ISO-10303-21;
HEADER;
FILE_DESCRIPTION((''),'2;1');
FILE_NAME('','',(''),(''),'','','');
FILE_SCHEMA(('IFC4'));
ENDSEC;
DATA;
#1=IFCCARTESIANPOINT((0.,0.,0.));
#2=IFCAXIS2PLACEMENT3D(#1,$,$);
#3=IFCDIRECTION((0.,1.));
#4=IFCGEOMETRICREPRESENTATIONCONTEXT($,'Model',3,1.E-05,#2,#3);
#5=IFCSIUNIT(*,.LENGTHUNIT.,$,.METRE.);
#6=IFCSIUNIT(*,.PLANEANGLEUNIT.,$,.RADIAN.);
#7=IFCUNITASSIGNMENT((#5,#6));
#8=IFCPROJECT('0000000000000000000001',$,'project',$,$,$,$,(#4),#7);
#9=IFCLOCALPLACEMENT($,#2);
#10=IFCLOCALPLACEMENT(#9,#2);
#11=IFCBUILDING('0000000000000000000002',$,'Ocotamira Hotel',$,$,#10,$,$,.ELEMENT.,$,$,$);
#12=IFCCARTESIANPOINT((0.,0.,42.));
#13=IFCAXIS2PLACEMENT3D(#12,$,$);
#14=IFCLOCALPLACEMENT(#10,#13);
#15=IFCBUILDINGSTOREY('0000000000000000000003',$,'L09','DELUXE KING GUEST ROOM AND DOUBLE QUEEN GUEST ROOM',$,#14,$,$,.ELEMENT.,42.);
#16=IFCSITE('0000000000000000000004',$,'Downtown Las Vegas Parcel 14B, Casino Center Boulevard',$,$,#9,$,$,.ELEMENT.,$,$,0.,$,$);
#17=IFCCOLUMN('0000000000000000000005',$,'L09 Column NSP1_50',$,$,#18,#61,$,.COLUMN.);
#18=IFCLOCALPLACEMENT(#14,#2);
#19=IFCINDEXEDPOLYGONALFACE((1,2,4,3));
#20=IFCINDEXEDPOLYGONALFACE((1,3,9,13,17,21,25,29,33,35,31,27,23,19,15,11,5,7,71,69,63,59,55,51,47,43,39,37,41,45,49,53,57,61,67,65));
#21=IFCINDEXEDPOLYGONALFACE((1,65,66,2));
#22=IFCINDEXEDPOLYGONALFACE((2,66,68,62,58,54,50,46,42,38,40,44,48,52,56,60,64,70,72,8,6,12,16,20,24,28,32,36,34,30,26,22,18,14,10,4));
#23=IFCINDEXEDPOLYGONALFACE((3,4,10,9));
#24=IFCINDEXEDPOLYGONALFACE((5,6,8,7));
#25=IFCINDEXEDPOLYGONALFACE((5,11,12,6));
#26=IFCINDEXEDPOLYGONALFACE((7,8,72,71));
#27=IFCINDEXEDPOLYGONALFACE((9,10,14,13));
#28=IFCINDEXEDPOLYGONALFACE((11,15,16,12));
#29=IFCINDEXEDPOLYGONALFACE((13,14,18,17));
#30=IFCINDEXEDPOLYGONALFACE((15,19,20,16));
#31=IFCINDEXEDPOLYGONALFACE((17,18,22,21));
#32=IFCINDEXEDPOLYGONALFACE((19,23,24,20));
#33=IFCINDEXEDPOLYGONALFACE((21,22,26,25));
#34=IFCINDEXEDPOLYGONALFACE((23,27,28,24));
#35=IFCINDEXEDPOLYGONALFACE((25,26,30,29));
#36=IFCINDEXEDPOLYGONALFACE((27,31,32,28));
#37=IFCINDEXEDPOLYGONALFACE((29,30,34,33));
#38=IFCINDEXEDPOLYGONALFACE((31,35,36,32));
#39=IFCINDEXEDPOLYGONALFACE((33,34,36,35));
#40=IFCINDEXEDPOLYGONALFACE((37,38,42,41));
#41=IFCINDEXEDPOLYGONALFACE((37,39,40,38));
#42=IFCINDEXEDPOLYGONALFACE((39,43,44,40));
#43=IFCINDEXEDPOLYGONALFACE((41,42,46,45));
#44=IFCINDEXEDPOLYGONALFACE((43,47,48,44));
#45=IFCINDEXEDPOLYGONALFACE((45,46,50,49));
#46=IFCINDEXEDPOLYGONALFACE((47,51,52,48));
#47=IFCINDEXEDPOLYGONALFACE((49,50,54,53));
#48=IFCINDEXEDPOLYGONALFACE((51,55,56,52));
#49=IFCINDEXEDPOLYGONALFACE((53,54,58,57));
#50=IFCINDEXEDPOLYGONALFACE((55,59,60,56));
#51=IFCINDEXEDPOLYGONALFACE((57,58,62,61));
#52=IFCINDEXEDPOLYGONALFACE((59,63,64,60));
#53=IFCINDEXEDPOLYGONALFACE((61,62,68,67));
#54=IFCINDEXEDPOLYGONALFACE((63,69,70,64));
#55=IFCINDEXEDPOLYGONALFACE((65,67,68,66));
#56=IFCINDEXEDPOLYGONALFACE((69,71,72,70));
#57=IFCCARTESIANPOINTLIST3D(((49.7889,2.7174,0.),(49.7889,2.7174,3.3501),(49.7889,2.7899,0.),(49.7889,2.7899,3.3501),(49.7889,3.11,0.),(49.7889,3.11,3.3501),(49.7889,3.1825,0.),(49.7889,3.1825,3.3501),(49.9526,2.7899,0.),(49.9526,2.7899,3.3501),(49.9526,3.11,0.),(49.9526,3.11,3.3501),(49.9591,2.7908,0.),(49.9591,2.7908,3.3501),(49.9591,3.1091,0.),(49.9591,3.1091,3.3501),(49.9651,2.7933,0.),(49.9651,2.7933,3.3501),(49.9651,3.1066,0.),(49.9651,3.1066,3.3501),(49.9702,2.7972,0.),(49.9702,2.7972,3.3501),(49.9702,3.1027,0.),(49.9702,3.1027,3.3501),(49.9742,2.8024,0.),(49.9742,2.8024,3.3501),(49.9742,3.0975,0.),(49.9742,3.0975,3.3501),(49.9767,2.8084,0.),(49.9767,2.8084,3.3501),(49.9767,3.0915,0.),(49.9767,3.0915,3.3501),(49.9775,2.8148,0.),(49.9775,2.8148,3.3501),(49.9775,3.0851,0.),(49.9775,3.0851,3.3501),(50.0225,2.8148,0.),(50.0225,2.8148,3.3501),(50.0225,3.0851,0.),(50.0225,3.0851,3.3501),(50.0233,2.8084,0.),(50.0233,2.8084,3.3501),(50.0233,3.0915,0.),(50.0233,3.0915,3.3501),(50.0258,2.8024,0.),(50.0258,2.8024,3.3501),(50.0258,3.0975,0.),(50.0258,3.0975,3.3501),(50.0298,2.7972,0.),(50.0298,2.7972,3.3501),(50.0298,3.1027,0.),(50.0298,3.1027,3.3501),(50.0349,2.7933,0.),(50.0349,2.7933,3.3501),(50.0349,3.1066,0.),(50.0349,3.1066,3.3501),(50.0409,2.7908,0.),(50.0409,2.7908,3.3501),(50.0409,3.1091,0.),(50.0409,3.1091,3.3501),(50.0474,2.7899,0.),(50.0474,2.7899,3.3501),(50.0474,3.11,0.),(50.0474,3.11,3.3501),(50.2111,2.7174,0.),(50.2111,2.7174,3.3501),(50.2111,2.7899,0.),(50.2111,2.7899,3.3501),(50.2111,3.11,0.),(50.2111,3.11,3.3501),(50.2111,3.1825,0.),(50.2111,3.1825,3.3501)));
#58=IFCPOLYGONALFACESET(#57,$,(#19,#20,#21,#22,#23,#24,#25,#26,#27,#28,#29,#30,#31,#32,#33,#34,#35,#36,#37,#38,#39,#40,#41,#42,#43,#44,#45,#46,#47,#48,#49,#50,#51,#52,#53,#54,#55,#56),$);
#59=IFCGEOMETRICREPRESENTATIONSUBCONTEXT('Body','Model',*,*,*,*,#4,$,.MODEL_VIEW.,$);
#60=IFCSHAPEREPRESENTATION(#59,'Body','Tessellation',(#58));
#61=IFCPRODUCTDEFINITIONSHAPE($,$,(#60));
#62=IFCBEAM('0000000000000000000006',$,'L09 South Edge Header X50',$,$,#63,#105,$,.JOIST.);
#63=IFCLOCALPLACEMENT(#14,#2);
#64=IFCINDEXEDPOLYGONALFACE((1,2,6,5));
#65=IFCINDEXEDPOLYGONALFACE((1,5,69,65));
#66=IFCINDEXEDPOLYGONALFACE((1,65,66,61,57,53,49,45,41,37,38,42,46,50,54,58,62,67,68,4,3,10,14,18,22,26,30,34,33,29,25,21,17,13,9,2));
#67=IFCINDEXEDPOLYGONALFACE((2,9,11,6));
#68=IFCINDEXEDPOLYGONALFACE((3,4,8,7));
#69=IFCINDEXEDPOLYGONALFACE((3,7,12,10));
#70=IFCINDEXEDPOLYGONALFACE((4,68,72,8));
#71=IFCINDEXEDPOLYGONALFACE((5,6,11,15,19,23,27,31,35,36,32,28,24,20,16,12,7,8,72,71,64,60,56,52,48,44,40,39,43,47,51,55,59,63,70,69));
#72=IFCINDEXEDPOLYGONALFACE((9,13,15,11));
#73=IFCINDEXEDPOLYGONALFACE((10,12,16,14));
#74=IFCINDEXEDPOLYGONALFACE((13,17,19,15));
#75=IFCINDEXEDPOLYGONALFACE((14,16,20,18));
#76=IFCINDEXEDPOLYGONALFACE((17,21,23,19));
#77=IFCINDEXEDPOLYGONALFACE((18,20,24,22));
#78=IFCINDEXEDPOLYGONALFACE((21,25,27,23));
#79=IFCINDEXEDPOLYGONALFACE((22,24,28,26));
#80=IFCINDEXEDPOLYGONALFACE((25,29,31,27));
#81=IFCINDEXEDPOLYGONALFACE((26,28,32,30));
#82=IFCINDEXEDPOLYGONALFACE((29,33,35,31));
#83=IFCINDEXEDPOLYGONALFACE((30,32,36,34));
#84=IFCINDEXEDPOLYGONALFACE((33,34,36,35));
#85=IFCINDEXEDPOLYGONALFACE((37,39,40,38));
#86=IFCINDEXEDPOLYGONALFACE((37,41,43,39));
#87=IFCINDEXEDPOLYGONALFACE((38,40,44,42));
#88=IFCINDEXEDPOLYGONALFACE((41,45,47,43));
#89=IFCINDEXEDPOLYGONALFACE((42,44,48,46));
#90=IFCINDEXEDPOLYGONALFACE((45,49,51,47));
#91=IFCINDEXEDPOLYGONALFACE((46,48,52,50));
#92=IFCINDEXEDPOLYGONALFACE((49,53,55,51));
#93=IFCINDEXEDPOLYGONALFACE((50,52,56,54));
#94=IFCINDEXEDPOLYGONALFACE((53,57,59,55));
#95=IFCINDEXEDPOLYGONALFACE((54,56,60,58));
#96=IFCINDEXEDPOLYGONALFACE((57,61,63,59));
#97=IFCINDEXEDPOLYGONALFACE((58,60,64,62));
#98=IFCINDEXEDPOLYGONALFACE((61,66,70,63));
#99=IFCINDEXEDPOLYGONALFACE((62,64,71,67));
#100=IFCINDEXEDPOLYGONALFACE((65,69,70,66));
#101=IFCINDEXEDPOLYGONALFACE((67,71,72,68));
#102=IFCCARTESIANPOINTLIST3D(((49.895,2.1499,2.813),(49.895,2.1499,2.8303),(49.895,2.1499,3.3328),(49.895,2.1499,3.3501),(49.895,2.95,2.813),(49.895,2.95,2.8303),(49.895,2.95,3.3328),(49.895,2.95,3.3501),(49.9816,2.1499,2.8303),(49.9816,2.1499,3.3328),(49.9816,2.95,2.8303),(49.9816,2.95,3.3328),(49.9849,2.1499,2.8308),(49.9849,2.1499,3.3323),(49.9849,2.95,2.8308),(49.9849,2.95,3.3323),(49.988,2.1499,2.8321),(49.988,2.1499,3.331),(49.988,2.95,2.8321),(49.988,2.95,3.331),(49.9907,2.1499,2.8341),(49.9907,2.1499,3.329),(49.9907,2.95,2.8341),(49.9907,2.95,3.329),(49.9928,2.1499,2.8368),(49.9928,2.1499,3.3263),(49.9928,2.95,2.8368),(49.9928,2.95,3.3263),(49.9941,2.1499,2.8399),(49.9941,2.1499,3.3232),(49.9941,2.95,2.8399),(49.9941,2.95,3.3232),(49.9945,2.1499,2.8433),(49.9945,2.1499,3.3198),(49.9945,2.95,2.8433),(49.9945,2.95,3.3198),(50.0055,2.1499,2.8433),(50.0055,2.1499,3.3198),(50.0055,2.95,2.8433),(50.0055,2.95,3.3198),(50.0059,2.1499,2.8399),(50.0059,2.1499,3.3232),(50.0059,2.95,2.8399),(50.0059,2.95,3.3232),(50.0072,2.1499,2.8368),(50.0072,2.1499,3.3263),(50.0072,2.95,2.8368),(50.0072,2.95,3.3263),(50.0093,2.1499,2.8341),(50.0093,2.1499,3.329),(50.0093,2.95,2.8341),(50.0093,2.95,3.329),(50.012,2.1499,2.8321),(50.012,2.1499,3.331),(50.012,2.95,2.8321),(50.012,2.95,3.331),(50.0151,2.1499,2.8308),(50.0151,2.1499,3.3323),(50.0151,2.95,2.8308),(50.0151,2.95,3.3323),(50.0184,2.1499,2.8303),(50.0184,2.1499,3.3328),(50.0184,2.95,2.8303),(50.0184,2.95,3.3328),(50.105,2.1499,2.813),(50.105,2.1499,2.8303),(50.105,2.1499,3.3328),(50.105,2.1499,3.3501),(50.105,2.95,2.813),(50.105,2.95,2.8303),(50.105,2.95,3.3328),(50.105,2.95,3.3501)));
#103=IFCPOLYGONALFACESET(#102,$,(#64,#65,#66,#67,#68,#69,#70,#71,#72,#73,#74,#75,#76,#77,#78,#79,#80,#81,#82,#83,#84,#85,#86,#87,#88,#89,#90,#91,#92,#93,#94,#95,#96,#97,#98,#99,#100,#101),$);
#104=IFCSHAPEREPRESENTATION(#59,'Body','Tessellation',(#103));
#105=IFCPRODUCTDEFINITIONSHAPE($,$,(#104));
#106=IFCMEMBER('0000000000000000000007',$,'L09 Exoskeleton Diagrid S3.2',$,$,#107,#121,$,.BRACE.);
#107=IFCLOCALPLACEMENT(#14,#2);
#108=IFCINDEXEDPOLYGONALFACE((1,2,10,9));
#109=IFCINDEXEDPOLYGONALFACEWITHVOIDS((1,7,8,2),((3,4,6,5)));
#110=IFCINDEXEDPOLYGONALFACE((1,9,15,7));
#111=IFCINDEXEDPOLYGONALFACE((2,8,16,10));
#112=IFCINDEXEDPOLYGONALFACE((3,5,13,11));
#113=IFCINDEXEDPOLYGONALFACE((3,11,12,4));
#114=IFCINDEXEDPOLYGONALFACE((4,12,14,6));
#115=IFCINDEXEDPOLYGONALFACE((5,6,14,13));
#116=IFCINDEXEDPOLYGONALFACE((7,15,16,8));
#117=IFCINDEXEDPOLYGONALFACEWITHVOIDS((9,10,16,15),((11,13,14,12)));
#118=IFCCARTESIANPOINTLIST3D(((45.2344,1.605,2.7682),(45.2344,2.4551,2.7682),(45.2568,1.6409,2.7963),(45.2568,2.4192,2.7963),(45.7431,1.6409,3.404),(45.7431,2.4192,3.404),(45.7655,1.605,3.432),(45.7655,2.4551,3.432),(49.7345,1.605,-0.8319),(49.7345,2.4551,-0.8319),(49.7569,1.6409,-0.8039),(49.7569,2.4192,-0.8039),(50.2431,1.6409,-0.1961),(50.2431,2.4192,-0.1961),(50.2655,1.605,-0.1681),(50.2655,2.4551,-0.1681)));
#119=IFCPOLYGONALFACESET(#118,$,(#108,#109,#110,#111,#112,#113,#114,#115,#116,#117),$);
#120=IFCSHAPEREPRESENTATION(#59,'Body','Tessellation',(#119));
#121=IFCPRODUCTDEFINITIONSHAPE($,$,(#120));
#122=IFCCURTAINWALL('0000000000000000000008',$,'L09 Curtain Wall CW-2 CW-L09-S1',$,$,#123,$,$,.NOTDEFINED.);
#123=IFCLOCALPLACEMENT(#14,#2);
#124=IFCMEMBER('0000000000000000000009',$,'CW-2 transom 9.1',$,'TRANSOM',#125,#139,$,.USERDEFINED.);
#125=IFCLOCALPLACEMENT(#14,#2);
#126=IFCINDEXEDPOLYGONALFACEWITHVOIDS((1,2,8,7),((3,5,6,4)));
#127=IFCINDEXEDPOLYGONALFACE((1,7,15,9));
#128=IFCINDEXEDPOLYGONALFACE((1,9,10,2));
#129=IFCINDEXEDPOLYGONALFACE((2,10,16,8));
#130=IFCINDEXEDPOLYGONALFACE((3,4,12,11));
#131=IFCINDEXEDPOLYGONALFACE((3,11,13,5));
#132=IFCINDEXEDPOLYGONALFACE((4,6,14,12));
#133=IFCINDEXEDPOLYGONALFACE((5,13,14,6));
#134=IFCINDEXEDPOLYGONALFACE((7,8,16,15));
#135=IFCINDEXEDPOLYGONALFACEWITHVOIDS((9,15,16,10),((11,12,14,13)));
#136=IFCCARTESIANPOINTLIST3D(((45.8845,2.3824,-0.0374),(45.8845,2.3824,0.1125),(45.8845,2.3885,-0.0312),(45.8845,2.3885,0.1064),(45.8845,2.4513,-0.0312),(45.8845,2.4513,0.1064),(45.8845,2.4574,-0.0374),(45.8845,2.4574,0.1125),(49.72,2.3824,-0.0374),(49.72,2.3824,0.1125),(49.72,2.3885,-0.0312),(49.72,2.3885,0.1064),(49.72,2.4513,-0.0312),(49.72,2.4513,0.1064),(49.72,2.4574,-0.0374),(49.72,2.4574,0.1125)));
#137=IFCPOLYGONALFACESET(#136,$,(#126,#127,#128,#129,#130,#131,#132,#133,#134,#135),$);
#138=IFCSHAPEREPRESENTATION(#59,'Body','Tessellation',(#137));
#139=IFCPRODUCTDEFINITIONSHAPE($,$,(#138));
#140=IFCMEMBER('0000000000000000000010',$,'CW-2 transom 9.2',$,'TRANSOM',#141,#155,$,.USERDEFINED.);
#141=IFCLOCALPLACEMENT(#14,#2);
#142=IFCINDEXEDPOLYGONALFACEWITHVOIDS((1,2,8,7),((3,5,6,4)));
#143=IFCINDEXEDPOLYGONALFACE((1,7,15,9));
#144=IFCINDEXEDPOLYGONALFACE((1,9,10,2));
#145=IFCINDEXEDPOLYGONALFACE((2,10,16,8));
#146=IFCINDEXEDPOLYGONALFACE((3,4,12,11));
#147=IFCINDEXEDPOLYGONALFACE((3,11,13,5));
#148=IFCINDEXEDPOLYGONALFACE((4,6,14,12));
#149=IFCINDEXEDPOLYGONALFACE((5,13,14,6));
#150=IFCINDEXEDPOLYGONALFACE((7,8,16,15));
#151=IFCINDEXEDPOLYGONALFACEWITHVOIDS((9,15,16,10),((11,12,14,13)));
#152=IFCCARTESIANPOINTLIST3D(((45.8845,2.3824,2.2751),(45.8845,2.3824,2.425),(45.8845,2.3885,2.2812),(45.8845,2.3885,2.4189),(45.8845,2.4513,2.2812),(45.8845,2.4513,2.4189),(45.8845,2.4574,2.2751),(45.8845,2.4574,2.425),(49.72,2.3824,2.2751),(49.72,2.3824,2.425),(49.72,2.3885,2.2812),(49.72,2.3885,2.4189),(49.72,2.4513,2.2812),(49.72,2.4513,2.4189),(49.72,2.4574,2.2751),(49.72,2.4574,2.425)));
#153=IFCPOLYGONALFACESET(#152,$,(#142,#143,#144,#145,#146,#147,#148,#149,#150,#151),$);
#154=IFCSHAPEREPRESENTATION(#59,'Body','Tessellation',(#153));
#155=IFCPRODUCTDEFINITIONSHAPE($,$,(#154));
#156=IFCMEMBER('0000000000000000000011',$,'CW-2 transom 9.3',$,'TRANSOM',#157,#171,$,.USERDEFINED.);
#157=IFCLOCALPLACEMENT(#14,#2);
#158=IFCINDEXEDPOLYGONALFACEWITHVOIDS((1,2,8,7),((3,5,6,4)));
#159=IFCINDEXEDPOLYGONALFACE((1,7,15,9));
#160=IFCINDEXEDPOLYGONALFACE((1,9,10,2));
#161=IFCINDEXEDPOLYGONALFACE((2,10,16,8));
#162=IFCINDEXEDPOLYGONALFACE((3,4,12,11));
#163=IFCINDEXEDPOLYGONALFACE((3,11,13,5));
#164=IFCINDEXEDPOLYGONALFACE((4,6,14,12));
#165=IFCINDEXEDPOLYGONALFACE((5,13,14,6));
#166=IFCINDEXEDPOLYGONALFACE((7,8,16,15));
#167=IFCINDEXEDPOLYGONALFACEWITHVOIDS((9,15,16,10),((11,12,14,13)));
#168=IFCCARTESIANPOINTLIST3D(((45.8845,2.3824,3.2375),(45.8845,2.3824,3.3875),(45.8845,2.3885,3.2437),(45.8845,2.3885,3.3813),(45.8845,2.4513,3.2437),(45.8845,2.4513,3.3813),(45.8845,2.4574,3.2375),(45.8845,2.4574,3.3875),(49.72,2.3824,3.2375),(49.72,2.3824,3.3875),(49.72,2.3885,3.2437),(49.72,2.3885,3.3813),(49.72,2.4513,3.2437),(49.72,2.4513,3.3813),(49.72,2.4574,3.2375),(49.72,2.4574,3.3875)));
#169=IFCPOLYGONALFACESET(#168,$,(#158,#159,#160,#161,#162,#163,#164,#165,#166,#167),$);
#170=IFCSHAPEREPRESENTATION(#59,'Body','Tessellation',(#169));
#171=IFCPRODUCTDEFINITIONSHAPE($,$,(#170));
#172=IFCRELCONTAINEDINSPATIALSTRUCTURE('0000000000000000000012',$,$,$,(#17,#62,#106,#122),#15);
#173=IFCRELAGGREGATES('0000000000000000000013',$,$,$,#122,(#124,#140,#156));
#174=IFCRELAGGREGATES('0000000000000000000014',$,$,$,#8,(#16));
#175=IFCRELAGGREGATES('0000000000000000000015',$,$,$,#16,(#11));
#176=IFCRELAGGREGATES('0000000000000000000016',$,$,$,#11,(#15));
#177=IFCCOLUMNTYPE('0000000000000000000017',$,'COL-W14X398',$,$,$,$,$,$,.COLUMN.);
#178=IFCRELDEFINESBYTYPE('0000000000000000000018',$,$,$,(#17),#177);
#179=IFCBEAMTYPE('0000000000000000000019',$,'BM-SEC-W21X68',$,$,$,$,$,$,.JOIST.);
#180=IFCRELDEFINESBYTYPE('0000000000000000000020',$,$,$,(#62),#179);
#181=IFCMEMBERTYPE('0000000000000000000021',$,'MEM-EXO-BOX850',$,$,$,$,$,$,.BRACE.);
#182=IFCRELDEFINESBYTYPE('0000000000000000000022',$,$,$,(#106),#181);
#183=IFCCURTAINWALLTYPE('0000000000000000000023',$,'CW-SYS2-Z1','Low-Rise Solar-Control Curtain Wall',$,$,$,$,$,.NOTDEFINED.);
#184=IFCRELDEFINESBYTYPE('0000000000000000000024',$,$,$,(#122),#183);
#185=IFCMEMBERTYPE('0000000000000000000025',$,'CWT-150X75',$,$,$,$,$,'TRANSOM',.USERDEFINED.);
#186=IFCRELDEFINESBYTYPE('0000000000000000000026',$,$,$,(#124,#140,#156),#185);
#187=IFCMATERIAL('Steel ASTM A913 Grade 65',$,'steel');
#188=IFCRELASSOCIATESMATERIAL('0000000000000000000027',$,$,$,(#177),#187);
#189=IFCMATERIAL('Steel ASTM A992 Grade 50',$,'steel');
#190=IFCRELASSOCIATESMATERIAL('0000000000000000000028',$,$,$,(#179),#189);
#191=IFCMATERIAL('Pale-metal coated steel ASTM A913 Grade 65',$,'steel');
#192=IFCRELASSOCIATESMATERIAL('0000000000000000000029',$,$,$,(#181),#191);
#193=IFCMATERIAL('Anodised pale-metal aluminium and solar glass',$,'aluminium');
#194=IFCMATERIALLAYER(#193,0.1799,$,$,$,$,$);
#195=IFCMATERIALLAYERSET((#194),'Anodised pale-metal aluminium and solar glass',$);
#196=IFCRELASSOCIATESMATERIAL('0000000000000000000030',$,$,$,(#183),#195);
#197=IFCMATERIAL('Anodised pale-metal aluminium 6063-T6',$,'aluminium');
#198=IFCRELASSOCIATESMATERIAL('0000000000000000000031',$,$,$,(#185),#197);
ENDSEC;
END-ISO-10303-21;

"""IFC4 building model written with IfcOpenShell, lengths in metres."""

from ifc_helpers import new_model, si_unit, direction, frame, origin, origin_2d, place, context, subcontext, project, spatial, hollow_rectangle, i_section, extrude, source, transform, mapped, material, layer, layer_set, material_profile, profile_set, type_object, element, aggregate, save


model = new_model("IFC4")

# Units and contexts
model_context = context("Model", 3, precision=1e-05, world=origin(), true_north=direction((0.0, 1.0)))
body_context = subcontext(model_context, "Body", "Model", "MODEL_VIEW")
ifc_project = project(units=[si_unit("LENGTHUNIT", "METRE"), si_unit("PLANEANGLEUNIT", "RADIAN")], contexts=[model_context])

# Site, building, storey
site_placement = place(None, origin())
site = spatial("IfcSite", under=ifc_project, at=site_placement, Name="Downtown Las Vegas Parcel 14B, Casino Center Boulevard", CompositionType="ELEMENT", RefElevation=0.0)
building_placement = place(site_placement, origin())
building = spatial("IfcBuilding", under=site, at=building_placement, Name="Ocotamira Hotel", CompositionType="ELEMENT")
storey_placement = place(building_placement, frame((0.0, 0.0, 42.0)))
storey = spatial("IfcBuildingStorey", under=building, at=storey_placement, Name="L09", Description="DELUXE KING GUEST ROOM AND DOUBLE QUEEN GUEST ROOM", CompositionType="ELEMENT", Elevation=42.0)

# Column
ifc_material_1 = material(Name="Steel ASTM A913 Grade 65", Category="steel")
ifc_material_profile_1 = material_profile(ifc_material_1, i_section(OverallWidth=0.4221, OverallDepth=0.4651, WebThickness=0.0449, FlangeThickness=0.0725, FilletRadius=0.0249, at=origin_2d()), Name="W14X398")
ifc_profile_set_1 = profile_set([ifc_material_profile_1], Name="Steel ASTM A913 Grade 65")
column_type = type_object("IfcColumnType", Name="COL-W14X398", PredefinedType="COLUMN", material=ifc_profile_set_1)
shared_shape_1 = source(origin(), body_context, "Body", "SweptSolid", [
    extrude(i_section(OverallWidth=0.4221, OverallDepth=0.4651, WebThickness=0.0449, FlangeThickness=0.0725, FilletRadius=0.0249, at=origin_2d()), origin(), (0.0, 0.0, 1.0), 3.3501),
])
column_placement = place(storey_placement, frame((50.0, 2.95, 0.0), z_axis=(0.0, 0.0, 1.0), x_axis=(1.0, 0.0, 0.0)))
element("IfcColumn", 1, at=column_placement, inside=storey, type_object=column_type, Name="L09 Column NSP1_50", PredefinedType="COLUMN", context=body_context, shape_type="MappedRepresentation", body=[
    mapped(shared_shape_1, transform((0.0, 0.0, 0.0), scale=1.0)),
])

# Beam
ifc_material_2 = material(Name="Steel ASTM A992 Grade 50", Category="steel")
ifc_material_profile_2 = material_profile(ifc_material_2, i_section(OverallWidth=0.21, OverallDepth=0.5371, WebThickness=0.011, FlangeThickness=0.0173, FilletRadius=0.0129, at=origin_2d()), Name="W21X68")
ifc_profile_set_2 = profile_set([ifc_material_profile_2], Name="Steel ASTM A992 Grade 50")
beam_type = type_object("IfcBeamType", Name="BM-SEC-W21X68", PredefinedType="JOIST", material=ifc_profile_set_2)
shared_shape_2 = source(origin(), body_context, "Body", "SweptSolid", [
    extrude(i_section(OverallWidth=0.21, OverallDepth=0.5371, WebThickness=0.011, FlangeThickness=0.0173, FilletRadius=0.0129, at=origin_2d()), origin(), (0.0, 0.0, 1.0), 0.8),
])
beam_placement = place(storey_placement, frame((50.0, 2.95, 3.0815), z_axis=(0.0, -1.0, 0.0), x_axis=(1.0, 0.0, 0.0)))
element("IfcBeam", 2, at=beam_placement, inside=storey, type_object=beam_type, Name="L09 South Edge Header X50", PredefinedType="JOIST", context=body_context, shape_type="MappedRepresentation", body=[
    mapped(shared_shape_2, transform((0.0, 0.0, 0.0), scale=1.0)),
])

# Member
ifc_material_3 = material(Name="Pale-metal coated steel ASTM A913 Grade 65", Category="steel")
ifc_material_profile_3 = material_profile(ifc_material_3, hollow_rectangle(XDim=0.8501, YDim=0.8501, WallThickness=0.0359, at=origin_2d()), Name="BOX850X850X36")
ifc_profile_set_3 = profile_set([ifc_material_profile_3], Name="Pale-metal coated steel ASTM A913 Grade 65")
member_type_1 = type_object("IfcMemberType", Name="MEM-EXO-BOX850", PredefinedType="BRACE", material=ifc_profile_set_3)
shared_shape_3 = source(origin(), body_context, "Body", "SweptSolid", [
    extrude(hollow_rectangle(XDim=0.8501, YDim=0.8501, WallThickness=0.0359, at=origin_2d()), origin(), (0.0, 0.0, 1.0), 5.7629),
])
member_1_placement = place(storey_placement, frame((50.0, 2.03, -0.5), z_axis=(-0.780861, 0.0, 0.624705), x_axis=(0.0, -1.0, 0.0)))
element("IfcMember", 3, at=member_1_placement, inside=storey, type_object=member_type_1, Name="L09 Exoskeleton Diagrid S3.2", PredefinedType="BRACE", context=body_context, shape_type="MappedRepresentation", body=[
    mapped(shared_shape_3, transform((0.0, 0.0, 0.0), scale=1.0)),
])

# Curtain wall, members
ifc_material_4 = material(Name="Anodised pale-metal aluminium and solar glass", Category="aluminium")
ifc_layer_1 = layer(ifc_material_4, 0.1799)
ifc_layer_set_1 = layer_set([ifc_layer_1], Name="Anodised pale-metal aluminium and solar glass")
curtain_wall_type = type_object("IfcCurtainWallType", Name="CW-SYS2-Z1", Description="Low-Rise Solar-Control Curtain Wall", PredefinedType="NOTDEFINED", material=ifc_layer_set_1)
curtain_wall_placement = place(storey_placement, origin())
curtain_wall = element("IfcCurtainWall", 4, at=curtain_wall_placement, inside=storey, type_object=curtain_wall_type, Name="L09 Curtain Wall CW-2 CW-L09-S1", PredefinedType="NOTDEFINED")
ifc_material_5 = material(Name="Anodised pale-metal aluminium 6063-T6", Category="aluminium")
ifc_material_profile_4 = material_profile(ifc_material_5, hollow_rectangle(XDim=0.075, YDim=0.1499, WallThickness=0.0061, at=origin_2d()), Name="HSS150X75X6")
ifc_profile_set_4 = profile_set([ifc_material_profile_4], Name="Anodised pale-metal aluminium 6063-T6")
member_type_2 = type_object("IfcMemberType", Name="CWT-150X75", ElementType="TRANSOM", PredefinedType="USERDEFINED", material=ifc_profile_set_4)
shared_shape_4 = source(origin(), body_context, "Body", "SweptSolid", [
    extrude(hollow_rectangle(XDim=0.075, YDim=0.1499, WallThickness=0.0061, at=origin_2d()), origin(), (0.0, 0.0, 1.0), 3.8354),
])
member_2_placement = place(storey_placement, frame((45.8845, 2.4199, 0.0376), z_axis=(1.0, 0.0, 0.0), x_axis=(0.0, 1.0, 0.0)))
member_2 = element("IfcMember", 5, at=member_2_placement, type_object=member_type_2, Name="CW-2 transom 9.1", ObjectType="TRANSOM", PredefinedType="USERDEFINED", context=body_context, shape_type="MappedRepresentation", body=[
    mapped(shared_shape_4, transform((0.0, 0.0, 0.0), scale=1.0)),
])
member_3_placement = place(storey_placement, frame((45.8845, 2.4199, 2.3501), z_axis=(1.0, 0.0, 0.0), x_axis=(0.0, 1.0, 0.0)))
member_3 = element("IfcMember", 6, at=member_3_placement, type_object=member_type_2, Name="CW-2 transom 9.2", ObjectType="TRANSOM", PredefinedType="USERDEFINED", context=body_context, shape_type="MappedRepresentation", body=[
    mapped(shared_shape_4, transform((0.0, 0.0, 0.0), scale=1.0)),
])
member_4_placement = place(storey_placement, frame((45.8845, 2.4199, 3.3125), z_axis=(1.0, 0.0, 0.0), x_axis=(0.0, 1.0, 0.0)))
member_4 = element("IfcMember", 7, at=member_4_placement, type_object=member_type_2, Name="CW-2 transom 9.3", ObjectType="TRANSOM", PredefinedType="USERDEFINED", context=body_context, shape_type="MappedRepresentation", body=[
    mapped(shared_shape_4, transform((0.0, 0.0, 0.0), scale=1.0)),
])

aggregate(curtain_wall, [member_2, member_3, member_4])

save(model, "model.ifc")
